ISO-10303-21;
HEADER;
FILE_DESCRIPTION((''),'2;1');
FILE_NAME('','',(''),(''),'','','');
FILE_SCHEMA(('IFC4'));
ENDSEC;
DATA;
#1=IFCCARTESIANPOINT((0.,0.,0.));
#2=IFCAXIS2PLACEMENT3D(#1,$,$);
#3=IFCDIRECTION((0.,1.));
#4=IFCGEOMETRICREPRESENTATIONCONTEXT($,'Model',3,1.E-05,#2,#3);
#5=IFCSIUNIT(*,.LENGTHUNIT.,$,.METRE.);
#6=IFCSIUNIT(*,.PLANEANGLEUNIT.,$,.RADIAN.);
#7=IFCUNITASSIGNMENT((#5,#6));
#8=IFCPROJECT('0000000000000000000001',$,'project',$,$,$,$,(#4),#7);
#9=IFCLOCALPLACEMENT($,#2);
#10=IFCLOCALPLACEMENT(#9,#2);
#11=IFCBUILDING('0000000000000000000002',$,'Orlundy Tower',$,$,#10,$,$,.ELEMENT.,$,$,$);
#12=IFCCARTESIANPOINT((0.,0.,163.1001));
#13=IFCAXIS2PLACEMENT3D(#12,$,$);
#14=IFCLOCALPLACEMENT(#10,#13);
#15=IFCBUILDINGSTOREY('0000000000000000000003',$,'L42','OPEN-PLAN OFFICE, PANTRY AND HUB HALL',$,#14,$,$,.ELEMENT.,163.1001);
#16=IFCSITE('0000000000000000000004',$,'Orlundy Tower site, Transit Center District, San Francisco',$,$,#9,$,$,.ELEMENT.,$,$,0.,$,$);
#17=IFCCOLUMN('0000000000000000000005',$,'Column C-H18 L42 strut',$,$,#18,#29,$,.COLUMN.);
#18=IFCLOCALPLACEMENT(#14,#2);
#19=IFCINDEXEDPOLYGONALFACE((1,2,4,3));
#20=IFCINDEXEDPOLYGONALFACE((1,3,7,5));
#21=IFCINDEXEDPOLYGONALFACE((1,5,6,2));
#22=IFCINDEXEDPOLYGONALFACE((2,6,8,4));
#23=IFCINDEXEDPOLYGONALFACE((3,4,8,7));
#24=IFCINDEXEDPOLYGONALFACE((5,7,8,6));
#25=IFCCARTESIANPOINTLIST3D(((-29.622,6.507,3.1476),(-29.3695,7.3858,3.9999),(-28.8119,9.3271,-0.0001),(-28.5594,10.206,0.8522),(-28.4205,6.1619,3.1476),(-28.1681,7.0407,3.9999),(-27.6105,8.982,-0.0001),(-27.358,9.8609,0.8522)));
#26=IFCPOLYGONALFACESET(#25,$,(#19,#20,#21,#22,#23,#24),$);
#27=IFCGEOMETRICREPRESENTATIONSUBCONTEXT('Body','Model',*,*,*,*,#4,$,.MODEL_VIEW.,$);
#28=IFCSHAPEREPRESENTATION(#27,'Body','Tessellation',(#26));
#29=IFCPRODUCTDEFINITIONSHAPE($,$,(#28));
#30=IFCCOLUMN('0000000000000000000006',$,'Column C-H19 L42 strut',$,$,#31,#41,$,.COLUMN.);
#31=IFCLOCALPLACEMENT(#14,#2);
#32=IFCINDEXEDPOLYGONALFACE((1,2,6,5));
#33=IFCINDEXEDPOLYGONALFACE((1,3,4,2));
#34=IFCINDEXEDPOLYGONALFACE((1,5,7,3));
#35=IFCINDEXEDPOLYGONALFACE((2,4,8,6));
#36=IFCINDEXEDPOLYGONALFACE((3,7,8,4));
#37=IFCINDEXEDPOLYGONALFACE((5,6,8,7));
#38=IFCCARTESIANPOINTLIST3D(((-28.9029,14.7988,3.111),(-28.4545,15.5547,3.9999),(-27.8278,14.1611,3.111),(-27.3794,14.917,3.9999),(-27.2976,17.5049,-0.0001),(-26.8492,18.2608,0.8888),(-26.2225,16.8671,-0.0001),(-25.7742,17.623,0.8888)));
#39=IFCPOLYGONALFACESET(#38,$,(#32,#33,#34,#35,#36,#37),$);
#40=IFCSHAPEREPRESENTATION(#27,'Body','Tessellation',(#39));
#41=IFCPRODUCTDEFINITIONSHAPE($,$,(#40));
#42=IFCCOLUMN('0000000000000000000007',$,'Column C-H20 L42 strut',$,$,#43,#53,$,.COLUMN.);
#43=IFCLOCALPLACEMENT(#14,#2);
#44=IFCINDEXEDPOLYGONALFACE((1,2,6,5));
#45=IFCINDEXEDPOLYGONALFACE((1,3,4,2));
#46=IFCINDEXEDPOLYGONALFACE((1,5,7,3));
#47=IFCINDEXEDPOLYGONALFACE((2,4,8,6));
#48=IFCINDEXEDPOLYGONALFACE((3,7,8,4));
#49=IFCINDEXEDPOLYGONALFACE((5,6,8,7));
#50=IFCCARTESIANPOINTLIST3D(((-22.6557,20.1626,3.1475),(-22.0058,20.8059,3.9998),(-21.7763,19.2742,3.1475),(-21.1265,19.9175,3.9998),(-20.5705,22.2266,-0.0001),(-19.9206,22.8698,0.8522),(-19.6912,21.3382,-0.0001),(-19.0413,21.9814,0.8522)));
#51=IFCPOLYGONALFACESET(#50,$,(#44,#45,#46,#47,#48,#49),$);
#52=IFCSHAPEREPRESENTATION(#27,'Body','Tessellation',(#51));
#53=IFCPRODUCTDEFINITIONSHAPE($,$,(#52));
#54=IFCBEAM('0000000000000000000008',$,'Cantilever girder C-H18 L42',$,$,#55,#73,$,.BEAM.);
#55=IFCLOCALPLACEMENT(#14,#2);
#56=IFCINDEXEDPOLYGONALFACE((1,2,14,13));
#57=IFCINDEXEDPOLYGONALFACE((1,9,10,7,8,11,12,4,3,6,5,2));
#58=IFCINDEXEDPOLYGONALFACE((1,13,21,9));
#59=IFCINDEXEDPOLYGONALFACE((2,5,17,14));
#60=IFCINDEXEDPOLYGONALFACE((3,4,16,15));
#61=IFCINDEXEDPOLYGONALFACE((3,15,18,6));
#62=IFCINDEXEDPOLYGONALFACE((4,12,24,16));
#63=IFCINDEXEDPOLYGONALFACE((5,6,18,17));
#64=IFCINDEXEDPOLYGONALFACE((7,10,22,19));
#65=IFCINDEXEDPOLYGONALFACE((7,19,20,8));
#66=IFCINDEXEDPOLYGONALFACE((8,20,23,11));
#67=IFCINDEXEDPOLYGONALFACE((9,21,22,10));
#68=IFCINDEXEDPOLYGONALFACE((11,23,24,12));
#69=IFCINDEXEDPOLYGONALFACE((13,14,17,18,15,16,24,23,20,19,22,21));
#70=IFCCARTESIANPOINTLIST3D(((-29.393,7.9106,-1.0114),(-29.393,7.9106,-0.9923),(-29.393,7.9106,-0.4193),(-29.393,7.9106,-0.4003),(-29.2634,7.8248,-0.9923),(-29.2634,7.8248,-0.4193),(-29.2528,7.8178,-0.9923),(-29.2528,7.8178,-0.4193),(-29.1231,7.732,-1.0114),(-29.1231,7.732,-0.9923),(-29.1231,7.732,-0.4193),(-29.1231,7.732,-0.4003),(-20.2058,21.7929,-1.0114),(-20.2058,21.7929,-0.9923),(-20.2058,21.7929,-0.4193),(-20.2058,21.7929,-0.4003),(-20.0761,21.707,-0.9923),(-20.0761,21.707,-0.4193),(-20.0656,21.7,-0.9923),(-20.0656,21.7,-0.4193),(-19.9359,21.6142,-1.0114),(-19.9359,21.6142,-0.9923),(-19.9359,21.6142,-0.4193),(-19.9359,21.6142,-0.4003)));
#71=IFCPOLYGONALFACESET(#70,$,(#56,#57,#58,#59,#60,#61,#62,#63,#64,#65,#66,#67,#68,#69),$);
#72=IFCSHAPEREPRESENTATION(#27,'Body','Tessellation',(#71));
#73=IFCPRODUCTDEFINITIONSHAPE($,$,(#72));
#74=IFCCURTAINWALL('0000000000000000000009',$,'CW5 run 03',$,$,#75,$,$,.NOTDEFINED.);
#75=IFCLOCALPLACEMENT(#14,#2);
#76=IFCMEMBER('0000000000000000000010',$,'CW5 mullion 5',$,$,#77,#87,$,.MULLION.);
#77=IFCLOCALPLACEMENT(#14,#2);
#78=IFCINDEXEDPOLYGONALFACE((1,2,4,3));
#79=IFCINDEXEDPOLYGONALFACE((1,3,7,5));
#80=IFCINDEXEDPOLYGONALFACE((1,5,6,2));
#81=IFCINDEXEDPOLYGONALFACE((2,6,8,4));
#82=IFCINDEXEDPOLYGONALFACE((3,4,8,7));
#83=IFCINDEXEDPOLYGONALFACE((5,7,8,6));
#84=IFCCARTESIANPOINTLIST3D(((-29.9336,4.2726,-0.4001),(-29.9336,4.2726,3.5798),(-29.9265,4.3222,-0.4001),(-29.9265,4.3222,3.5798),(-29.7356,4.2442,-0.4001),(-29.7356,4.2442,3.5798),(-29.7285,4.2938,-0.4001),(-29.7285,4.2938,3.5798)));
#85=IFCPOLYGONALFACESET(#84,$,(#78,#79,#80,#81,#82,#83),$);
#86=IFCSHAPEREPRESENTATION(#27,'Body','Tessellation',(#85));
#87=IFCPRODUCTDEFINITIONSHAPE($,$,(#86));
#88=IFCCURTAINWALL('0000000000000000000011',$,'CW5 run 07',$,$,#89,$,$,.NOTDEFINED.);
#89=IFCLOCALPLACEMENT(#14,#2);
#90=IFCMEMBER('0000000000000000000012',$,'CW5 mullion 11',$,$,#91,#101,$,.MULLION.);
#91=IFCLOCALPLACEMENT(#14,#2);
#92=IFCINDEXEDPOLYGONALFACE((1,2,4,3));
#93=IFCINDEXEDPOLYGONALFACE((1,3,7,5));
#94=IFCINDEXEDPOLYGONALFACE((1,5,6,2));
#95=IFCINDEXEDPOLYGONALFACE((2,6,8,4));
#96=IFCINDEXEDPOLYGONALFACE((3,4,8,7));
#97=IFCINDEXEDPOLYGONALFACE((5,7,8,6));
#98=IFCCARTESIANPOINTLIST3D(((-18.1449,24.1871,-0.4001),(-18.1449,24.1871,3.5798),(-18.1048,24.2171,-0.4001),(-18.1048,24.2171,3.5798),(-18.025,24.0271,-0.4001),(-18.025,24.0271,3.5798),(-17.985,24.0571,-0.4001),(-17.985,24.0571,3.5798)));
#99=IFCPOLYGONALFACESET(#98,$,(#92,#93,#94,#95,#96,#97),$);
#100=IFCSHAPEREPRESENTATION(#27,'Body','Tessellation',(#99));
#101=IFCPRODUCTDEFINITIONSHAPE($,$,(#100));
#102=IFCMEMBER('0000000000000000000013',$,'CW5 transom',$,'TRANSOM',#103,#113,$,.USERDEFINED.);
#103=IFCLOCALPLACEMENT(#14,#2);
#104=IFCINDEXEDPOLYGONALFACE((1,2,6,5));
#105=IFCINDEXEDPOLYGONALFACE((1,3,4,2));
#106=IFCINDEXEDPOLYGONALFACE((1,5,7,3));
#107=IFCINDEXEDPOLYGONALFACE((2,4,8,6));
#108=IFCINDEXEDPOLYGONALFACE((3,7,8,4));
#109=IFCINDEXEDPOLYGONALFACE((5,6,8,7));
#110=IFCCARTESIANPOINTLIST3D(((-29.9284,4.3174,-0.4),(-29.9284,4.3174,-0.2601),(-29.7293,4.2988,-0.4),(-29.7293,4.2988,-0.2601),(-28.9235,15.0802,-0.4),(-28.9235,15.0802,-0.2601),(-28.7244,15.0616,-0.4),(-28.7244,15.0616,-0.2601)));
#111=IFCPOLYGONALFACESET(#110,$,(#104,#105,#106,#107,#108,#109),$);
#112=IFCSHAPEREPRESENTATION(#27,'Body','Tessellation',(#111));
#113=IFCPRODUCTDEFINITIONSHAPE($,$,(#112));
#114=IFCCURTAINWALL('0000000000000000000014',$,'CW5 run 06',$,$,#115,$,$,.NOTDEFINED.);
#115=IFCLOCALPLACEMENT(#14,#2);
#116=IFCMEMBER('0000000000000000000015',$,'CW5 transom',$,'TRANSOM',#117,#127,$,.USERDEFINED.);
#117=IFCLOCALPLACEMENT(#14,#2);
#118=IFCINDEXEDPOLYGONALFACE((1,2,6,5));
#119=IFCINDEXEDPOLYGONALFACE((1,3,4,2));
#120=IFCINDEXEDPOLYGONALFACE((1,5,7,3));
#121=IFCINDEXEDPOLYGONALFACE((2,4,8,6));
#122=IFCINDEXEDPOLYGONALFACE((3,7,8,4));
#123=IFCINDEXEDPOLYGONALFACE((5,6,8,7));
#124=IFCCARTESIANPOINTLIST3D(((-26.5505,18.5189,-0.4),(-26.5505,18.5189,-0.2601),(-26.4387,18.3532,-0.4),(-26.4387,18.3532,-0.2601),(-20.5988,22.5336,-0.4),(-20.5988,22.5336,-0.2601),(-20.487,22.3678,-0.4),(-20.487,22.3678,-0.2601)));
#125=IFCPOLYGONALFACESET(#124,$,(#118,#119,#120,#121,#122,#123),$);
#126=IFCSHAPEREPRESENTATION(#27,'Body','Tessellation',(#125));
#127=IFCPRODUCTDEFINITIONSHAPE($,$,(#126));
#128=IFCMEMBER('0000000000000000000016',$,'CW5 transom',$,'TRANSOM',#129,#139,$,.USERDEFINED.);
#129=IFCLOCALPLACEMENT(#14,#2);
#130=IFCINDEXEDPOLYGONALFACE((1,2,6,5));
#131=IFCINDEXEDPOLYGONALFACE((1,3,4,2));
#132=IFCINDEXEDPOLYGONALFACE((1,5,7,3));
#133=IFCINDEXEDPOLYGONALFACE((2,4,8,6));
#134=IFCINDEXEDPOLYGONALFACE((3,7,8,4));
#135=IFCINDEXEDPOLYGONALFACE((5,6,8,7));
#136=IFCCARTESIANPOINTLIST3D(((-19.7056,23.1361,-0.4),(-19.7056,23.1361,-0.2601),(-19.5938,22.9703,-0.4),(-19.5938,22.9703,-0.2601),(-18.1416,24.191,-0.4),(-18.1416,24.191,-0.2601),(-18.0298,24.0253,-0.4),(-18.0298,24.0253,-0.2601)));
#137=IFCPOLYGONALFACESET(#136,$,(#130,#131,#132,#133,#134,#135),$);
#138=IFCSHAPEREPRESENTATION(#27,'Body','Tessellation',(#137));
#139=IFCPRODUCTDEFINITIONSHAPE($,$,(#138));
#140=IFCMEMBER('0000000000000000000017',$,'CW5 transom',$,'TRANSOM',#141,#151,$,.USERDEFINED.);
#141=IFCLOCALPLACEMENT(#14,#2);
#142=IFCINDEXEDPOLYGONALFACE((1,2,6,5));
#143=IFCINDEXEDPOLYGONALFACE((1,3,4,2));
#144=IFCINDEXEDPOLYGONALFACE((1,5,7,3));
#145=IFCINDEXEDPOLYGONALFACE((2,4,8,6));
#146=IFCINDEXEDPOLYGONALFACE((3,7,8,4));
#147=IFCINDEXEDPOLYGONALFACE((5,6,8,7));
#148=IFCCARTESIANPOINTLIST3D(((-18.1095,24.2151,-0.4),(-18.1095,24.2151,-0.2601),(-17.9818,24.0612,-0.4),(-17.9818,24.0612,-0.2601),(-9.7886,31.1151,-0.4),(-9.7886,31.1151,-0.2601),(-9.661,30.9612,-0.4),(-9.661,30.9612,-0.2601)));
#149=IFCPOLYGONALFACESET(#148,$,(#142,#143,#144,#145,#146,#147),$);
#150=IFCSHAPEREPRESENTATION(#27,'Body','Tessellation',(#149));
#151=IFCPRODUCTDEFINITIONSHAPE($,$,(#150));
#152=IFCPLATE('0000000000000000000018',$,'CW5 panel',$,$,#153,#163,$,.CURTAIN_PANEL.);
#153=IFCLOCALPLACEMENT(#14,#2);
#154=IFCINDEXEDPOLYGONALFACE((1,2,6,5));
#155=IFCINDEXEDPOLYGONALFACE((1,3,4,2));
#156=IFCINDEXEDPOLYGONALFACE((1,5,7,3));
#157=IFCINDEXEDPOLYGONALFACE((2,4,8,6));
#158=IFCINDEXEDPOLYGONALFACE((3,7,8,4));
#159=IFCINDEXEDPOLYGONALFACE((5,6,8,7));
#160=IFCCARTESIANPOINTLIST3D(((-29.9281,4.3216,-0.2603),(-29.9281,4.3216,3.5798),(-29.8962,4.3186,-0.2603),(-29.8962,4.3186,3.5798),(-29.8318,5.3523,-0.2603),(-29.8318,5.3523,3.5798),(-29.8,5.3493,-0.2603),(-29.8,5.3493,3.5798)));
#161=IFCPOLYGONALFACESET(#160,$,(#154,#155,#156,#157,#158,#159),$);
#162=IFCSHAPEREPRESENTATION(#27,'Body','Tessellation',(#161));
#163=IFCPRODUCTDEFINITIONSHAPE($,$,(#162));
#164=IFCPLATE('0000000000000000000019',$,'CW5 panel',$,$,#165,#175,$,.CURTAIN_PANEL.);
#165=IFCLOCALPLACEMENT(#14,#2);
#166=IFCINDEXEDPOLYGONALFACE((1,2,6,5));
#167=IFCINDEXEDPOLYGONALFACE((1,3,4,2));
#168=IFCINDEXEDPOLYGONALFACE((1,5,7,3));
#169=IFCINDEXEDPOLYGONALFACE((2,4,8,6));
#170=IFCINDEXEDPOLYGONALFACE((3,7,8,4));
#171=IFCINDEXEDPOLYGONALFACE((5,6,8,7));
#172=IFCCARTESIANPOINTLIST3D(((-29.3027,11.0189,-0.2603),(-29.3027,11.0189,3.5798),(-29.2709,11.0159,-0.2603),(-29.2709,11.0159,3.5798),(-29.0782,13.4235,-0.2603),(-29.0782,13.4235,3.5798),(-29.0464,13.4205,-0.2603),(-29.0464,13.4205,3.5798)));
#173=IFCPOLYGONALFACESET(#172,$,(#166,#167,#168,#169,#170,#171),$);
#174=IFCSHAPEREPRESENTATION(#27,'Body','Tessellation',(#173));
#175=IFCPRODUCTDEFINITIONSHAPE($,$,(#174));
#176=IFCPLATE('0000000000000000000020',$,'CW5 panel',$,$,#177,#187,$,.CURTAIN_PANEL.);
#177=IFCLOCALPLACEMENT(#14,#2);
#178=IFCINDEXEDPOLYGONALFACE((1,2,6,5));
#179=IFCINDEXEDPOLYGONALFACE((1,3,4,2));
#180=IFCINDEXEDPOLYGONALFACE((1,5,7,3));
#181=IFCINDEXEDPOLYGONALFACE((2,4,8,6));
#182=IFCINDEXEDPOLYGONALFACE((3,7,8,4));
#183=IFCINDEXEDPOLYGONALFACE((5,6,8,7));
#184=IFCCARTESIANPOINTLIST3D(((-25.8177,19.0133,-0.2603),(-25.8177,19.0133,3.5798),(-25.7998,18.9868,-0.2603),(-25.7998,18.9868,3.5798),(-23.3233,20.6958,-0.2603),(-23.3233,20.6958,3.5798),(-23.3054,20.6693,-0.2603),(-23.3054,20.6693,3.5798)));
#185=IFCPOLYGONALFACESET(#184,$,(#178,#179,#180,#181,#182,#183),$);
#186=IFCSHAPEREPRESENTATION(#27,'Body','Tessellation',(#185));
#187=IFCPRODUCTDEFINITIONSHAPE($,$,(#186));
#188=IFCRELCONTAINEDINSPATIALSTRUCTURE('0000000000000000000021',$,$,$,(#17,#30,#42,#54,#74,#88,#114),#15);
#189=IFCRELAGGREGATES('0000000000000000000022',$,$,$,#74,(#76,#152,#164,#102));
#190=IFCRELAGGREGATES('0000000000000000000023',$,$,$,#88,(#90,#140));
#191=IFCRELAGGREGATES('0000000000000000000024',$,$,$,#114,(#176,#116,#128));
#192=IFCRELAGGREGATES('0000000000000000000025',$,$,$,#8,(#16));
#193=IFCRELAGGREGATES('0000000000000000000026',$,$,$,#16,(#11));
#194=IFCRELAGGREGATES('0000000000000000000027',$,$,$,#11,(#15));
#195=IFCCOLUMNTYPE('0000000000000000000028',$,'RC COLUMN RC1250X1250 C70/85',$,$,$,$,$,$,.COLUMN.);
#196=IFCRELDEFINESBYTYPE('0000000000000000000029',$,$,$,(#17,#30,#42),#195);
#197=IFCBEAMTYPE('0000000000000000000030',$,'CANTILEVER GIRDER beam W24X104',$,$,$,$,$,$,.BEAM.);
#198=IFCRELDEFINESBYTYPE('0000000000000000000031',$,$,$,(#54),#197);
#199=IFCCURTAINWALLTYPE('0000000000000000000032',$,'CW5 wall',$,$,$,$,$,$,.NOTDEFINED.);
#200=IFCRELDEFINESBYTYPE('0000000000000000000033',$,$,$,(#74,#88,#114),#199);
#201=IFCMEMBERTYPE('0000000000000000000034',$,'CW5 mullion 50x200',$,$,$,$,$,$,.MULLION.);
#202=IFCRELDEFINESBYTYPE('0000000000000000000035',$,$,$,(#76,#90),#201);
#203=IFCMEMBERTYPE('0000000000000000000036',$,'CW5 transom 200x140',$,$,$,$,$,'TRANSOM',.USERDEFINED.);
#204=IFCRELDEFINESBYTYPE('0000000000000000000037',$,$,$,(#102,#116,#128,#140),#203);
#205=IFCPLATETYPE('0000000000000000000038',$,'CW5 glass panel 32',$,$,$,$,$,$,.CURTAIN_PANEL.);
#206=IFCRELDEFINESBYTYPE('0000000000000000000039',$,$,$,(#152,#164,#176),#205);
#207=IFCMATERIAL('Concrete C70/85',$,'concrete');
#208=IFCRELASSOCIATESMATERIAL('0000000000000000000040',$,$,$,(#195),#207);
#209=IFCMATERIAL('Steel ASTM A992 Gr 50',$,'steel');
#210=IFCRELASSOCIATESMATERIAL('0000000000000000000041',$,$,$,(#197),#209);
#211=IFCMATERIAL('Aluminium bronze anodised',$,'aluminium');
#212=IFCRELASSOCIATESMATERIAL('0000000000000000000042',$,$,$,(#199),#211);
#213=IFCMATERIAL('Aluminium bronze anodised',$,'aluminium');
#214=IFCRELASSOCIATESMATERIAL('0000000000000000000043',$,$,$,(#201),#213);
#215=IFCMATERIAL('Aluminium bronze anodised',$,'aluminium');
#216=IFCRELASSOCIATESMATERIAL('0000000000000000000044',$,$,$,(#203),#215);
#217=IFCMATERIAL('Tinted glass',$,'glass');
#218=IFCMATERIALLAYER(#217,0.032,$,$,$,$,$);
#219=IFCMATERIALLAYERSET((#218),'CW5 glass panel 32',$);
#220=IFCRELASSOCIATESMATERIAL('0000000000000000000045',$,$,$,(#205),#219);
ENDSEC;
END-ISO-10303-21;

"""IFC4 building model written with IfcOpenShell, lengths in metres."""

from ifc_helpers import new_model, si_unit, direction, frame, origin, origin_2d, place, context, subcontext, project, spatial, rectangle, i_section, extrude, material, layer, layer_set, material_profile, profile_set, type_object, element, aggregate, save


model = new_model("IFC4")

# Units and contexts
model_context = context("Model", 3, precision=1e-05, world=origin(), true_north=direction((0.0, 1.0)))
body_context = subcontext(model_context, "Body", "Model", "MODEL_VIEW")
ifc_project = project(units=[si_unit("LENGTHUNIT", "METRE"), si_unit("PLANEANGLEUNIT", "RADIAN")], contexts=[model_context])

# Site, building, storey
site_placement = place(None, origin())
site = spatial("IfcSite", under=ifc_project, at=site_placement, Name="Orlundy Tower site, Transit Center District, San Francisco", CompositionType="ELEMENT", RefElevation=0.0)
building_placement = place(site_placement, origin())
building = spatial("IfcBuilding", under=site, at=building_placement, Name="Orlundy Tower", CompositionType="ELEMENT")
storey_placement = place(building_placement, frame((0.0, 0.0, 163.1001)))
storey = spatial("IfcBuildingStorey", under=building, at=storey_placement, Name="L42", Description="OPEN-PLAN OFFICE, PANTRY AND HUB HALL", CompositionType="ELEMENT", Elevation=163.1001)

# Columns
ifc_material_1 = material(Name="Concrete C70/85", Category="concrete")
ifc_material_profile_1 = material_profile(ifc_material_1, rectangle(XDim=1.25, YDim=1.25, at=origin_2d()), Name="RC1250X1250")
ifc_profile_set_1 = profile_set([ifc_material_profile_1], Name="Concrete C70/85")
column_type = type_object("IfcColumnType", Name="RC COLUMN RC1250X1250 C70/85", PredefinedType="COLUMN", material=ifc_profile_set_1)
column_1_placement = place(storey_placement, frame((-28.085, 9.594, 0.426), z_axis=(-0.188248, -0.655351, 0.73149), x_axis=(0.961134, -0.276084, 0.0)))
element("IfcColumn", 1, at=column_1_placement, inside=storey, type_object=column_type, Name="Column C-H18 L42 strut", PredefinedType="COLUMN", context=body_context, shape_type="SweptSolid", body=[
    extrude(rectangle(XDim=1.25, YDim=1.25, at=origin_2d()), origin(), (0.0, 0.0, 1.0), 4.3032),
])
column_2_placement = place(storey_placement, frame((-26.5359, 17.564, 0.4443), z_axis=(-0.362784, -0.611574, 0.703111), x_axis=(0.860063, -0.510187, 0.0)))
element("IfcColumn", 2, at=column_2_placement, inside=storey, type_object=column_type, Name="Column C-H19 L42 strut", PredefinedType="COLUMN", context=body_context, shape_type="SweptSolid", body=[
    extrude(rectangle(XDim=1.25, YDim=1.25, at=origin_2d()), origin(), (0.0, 0.0, 1.0), 4.4248),
])
column_3_placement = place(storey_placement, frame((-19.8059, 22.104, 0.426), z_axis=(-0.48459, -0.479654, 0.731509), x_axis=(0.703478, -0.710717, 0.0)))
element("IfcColumn", 3, at=column_3_placement, inside=storey, type_object=column_type, Name="Column C-H20 L42 strut", PredefinedType="COLUMN", context=body_context, shape_type="SweptSolid", body=[
    extrude(rectangle(XDim=1.25, YDim=1.25, at=origin_2d()), origin(), (0.0, 0.0, 1.0), 4.303),
])

# Beam
ifc_material_2 = material(Name="Steel ASTM A992 Gr 50", Category="steel")
ifc_material_profile_2 = material_profile(ifc_material_2, i_section(OverallWidth=0.3237, OverallDepth=0.6111, WebThickness=0.0127, FlangeThickness=0.019, at=origin_2d()), Name="W24X104")
ifc_profile_set_2 = profile_set([ifc_material_profile_2], Name="Steel ASTM A992 Gr 50")
beam_type = type_object("IfcBeamType", Name="CANTILEVER GIRDER beam W24X104", PredefinedType="BEAM", material=ifc_profile_set_2)
beam_placement = place(storey_placement, frame((-29.2581, 7.8213, -0.7058), z_axis=(0.551885, 0.83392, 0.0), x_axis=(-0.83392, 0.551885, 0.0)))
element("IfcBeam", 4, at=beam_placement, inside=storey, type_object=beam_type, Name="Cantilever girder C-H18 L42", PredefinedType="BEAM", context=body_context, shape_type="SweptSolid", body=[
    extrude(i_section(OverallWidth=0.3237, OverallDepth=0.6111, WebThickness=0.0127, FlangeThickness=0.019, at=origin_2d()), origin(), (0.0, 0.0, 1.0), 16.647),
])

# Curtain walls, members
ifc_material_3 = material(Name="Aluminium bronze anodised", Category="aluminium")
curtain_wall_type = type_object("IfcCurtainWallType", Name="CW5 wall", PredefinedType="NOTDEFINED", material=ifc_material_3)
curtain_wall_1_placement = place(storey_placement, origin())
curtain_wall_1 = element("IfcCurtainWall", 5, at=curtain_wall_1_placement, inside=storey, type_object=curtain_wall_type, Name="CW5 run 03", PredefinedType="NOTDEFINED")
ifc_material_4 = material(Name="Aluminium bronze anodised", Category="aluminium")
ifc_material_profile_3 = material_profile(ifc_material_4, rectangle(XDim=0.2, YDim=0.05, at=origin_2d()), Name="CW5 mullion 50x200")
ifc_profile_set_3 = profile_set([ifc_material_profile_3], Name="Aluminium bronze anodised")
member_type_1 = type_object("IfcMemberType", Name="CW5 mullion 50x200", PredefinedType="MULLION", material=ifc_profile_set_3)
member_1_placement = place(storey_placement, frame((-29.8311, 4.2832, -0.4001), z_axis=(0.0, 0.0, 1.0), x_axis=(-0.989859, 0.142051, 0.0)))
member_1 = element("IfcMember", 6, at=member_1_placement, type_object=member_type_1, Name="CW5 mullion 5", PredefinedType="MULLION", context=body_context, shape_type="SweptSolid", body=[
    extrude(rectangle(XDim=0.2, YDim=0.05, at=origin_2d()), origin(), (0.0, 0.0, 1.0), 3.98),
])
curtain_wall_2_placement = place(storey_placement, origin())
curtain_wall_2 = element("IfcCurtainWall", 7, at=curtain_wall_2_placement, inside=storey, type_object=curtain_wall_type, Name="CW5 run 07", PredefinedType="NOTDEFINED")
member_2_placement = place(storey_placement, frame((-18.0649, 24.1221, -0.4001), z_axis=(0.0, 0.0, 1.0), x_axis=(-0.599496, 0.800378, 0.0)))
member_2 = element("IfcMember", 8, at=member_2_placement, type_object=member_type_1, Name="CW5 mullion 11", PredefinedType="MULLION", context=body_context, shape_type="SweptSolid", body=[
    extrude(rectangle(XDim=0.2, YDim=0.05, at=origin_2d()), origin(), (0.0, 0.0, 1.0), 3.98),
])

# Member
ifc_material_5 = material(Name="Aluminium bronze anodised", Category="aluminium")
ifc_material_profile_4 = material_profile(ifc_material_5, rectangle(XDim=0.2, YDim=0.1399, at=origin_2d()), Name="CW5 transom 200x140")
ifc_profile_set_4 = profile_set([ifc_material_profile_4], Name="Aluminium bronze anodised")
member_type_2 = type_object("IfcMemberType", Name="CW5 transom 200x140", ElementType="TRANSOM", PredefinedType="USERDEFINED", material=ifc_profile_set_4)
member_3_placement = place(storey_placement, frame((-29.8289, 4.3081, -0.3301), z_axis=(0.092963, 0.99567, 0.0), x_axis=(-0.99567, 0.092963, 0.0)))
member_3 = element("IfcMember", 9, at=member_3_placement, type_object=member_type_2, Name="CW5 transom", ObjectType="TRANSOM", PredefinedType="USERDEFINED", context=body_context, shape_type="SweptSolid", body=[
    extrude(rectangle(XDim=0.2, YDim=0.1399, at=origin_2d()), origin(), (0.0, 0.0, 1.0), 10.8096),
])

# Curtain wall, members
curtain_wall_3_placement = place(storey_placement, origin())
curtain_wall_3 = element("IfcCurtainWall", 10, at=curtain_wall_3_placement, inside=storey, type_object=curtain_wall_type, Name="CW5 run 06", PredefinedType="NOTDEFINED")
member_4_placement = place(storey_placement, frame((-26.4946, 18.436, -0.3301), z_axis=(0.829024, 0.559212, 0.0), x_axis=(-0.559212, 0.829024, 0.0)))
member_4 = element("IfcMember", 11, at=member_4_placement, type_object=member_type_2, Name="CW5 transom", ObjectType="TRANSOM", PredefinedType="USERDEFINED", context=body_context, shape_type="SweptSolid", body=[
    extrude(rectangle(XDim=0.2, YDim=0.1399, at=origin_2d()), origin(), (0.0, 0.0, 1.0), 7.1792),
])
member_5_placement = place(storey_placement, frame((-19.6497, 23.0532, -0.3301), z_axis=(0.829032, 0.559202, 0.0), x_axis=(-0.559202, 0.829032, 0.0)))
member_5 = element("IfcMember", 12, at=member_5_placement, type_object=member_type_2, Name="CW5 transom", ObjectType="TRANSOM", PredefinedType="USERDEFINED", context=body_context, shape_type="SweptSolid", body=[
    extrude(rectangle(XDim=0.2, YDim=0.1399, at=origin_2d()), origin(), (0.0, 0.0, 1.0), 1.8865),
])

# Member
member_6_placement = place(storey_placement, frame((-18.0457, 24.1382, -0.3301), z_axis=(0.76977, 0.638321, 0.0), x_axis=(-0.638321, 0.76977, 0.0)))
member_6 = element("IfcMember", 13, at=member_6_placement, type_object=member_type_2, Name="CW5 transom", ObjectType="TRANSOM", PredefinedType="USERDEFINED", context=body_context, shape_type="SweptSolid", body=[
    extrude(rectangle(XDim=0.2, YDim=0.1399, at=origin_2d()), origin(), (0.0, 0.0, 1.0), 10.8096),
])

# Plates
ifc_material_6 = material(Name="Tinted glass", Category="glass")
ifc_layer_1 = layer(ifc_material_6, 0.032)
ifc_layer_set_1 = layer_set([ifc_layer_1], Name="CW5 glass panel 32")
plate_type_1 = type_object("IfcPlateType", Name="CW5 glass panel 32", PredefinedType="CURTAIN_PANEL", material=ifc_layer_set_1)
plate_1_placement = place(storey_placement, frame((-29.864, 4.8354, -0.2603), z_axis=(0.0, 0.0, 1.0), x_axis=(0.092967, 0.995669, 0.0)))
plate_1 = element("IfcPlate", 14, at=plate_1_placement, type_object=plate_type_1, Name="CW5 panel", PredefinedType="CURTAIN_PANEL", context=body_context, shape_type="SweptSolid", body=[
    extrude(rectangle(XDim=1.0352, YDim=0.032, at=origin_2d()), origin(), (0.0, 0.0, 1.0), 3.8401),
])
plate_2_placement = place(storey_placement, frame((-29.1746, 12.2197, -0.2603), z_axis=(0.0, 0.0, 1.0), x_axis=(0.092967, 0.995669, 0.0)))
plate_2 = element("IfcPlate", 15, at=plate_2_placement, type_object=plate_type_1, Name="CW5 panel", PredefinedType="CURTAIN_PANEL", context=body_context, shape_type="SweptSolid", body=[
    extrude(rectangle(XDim=2.415, YDim=0.032, at=origin_2d()), origin(), (0.0, 0.0, 1.0), 3.8401),
])
aggregate(curtain_wall_1, [member_1, plate_1, plate_2, member_3])
plate_3_placement = place(storey_placement, frame((-24.5615, 19.8413, -0.2603), z_axis=(0.0, 0.0, 1.0), x_axis=(0.82903, 0.559204, 0.0)))
plate_3 = element("IfcPlate", 16, at=plate_3_placement, type_object=plate_type_1, Name="CW5 panel", PredefinedType="CURTAIN_PANEL", context=body_context, shape_type="SweptSolid", body=[
    extrude(rectangle(XDim=3.0088, YDim=0.032, at=origin_2d()), origin(), (0.0, 0.0, 1.0), 3.8401),
])
aggregate(curtain_wall_2, [member_2, member_6])

aggregate(curtain_wall_3, [plate_3, member_4, member_5])

save(model, "model.ifc")
